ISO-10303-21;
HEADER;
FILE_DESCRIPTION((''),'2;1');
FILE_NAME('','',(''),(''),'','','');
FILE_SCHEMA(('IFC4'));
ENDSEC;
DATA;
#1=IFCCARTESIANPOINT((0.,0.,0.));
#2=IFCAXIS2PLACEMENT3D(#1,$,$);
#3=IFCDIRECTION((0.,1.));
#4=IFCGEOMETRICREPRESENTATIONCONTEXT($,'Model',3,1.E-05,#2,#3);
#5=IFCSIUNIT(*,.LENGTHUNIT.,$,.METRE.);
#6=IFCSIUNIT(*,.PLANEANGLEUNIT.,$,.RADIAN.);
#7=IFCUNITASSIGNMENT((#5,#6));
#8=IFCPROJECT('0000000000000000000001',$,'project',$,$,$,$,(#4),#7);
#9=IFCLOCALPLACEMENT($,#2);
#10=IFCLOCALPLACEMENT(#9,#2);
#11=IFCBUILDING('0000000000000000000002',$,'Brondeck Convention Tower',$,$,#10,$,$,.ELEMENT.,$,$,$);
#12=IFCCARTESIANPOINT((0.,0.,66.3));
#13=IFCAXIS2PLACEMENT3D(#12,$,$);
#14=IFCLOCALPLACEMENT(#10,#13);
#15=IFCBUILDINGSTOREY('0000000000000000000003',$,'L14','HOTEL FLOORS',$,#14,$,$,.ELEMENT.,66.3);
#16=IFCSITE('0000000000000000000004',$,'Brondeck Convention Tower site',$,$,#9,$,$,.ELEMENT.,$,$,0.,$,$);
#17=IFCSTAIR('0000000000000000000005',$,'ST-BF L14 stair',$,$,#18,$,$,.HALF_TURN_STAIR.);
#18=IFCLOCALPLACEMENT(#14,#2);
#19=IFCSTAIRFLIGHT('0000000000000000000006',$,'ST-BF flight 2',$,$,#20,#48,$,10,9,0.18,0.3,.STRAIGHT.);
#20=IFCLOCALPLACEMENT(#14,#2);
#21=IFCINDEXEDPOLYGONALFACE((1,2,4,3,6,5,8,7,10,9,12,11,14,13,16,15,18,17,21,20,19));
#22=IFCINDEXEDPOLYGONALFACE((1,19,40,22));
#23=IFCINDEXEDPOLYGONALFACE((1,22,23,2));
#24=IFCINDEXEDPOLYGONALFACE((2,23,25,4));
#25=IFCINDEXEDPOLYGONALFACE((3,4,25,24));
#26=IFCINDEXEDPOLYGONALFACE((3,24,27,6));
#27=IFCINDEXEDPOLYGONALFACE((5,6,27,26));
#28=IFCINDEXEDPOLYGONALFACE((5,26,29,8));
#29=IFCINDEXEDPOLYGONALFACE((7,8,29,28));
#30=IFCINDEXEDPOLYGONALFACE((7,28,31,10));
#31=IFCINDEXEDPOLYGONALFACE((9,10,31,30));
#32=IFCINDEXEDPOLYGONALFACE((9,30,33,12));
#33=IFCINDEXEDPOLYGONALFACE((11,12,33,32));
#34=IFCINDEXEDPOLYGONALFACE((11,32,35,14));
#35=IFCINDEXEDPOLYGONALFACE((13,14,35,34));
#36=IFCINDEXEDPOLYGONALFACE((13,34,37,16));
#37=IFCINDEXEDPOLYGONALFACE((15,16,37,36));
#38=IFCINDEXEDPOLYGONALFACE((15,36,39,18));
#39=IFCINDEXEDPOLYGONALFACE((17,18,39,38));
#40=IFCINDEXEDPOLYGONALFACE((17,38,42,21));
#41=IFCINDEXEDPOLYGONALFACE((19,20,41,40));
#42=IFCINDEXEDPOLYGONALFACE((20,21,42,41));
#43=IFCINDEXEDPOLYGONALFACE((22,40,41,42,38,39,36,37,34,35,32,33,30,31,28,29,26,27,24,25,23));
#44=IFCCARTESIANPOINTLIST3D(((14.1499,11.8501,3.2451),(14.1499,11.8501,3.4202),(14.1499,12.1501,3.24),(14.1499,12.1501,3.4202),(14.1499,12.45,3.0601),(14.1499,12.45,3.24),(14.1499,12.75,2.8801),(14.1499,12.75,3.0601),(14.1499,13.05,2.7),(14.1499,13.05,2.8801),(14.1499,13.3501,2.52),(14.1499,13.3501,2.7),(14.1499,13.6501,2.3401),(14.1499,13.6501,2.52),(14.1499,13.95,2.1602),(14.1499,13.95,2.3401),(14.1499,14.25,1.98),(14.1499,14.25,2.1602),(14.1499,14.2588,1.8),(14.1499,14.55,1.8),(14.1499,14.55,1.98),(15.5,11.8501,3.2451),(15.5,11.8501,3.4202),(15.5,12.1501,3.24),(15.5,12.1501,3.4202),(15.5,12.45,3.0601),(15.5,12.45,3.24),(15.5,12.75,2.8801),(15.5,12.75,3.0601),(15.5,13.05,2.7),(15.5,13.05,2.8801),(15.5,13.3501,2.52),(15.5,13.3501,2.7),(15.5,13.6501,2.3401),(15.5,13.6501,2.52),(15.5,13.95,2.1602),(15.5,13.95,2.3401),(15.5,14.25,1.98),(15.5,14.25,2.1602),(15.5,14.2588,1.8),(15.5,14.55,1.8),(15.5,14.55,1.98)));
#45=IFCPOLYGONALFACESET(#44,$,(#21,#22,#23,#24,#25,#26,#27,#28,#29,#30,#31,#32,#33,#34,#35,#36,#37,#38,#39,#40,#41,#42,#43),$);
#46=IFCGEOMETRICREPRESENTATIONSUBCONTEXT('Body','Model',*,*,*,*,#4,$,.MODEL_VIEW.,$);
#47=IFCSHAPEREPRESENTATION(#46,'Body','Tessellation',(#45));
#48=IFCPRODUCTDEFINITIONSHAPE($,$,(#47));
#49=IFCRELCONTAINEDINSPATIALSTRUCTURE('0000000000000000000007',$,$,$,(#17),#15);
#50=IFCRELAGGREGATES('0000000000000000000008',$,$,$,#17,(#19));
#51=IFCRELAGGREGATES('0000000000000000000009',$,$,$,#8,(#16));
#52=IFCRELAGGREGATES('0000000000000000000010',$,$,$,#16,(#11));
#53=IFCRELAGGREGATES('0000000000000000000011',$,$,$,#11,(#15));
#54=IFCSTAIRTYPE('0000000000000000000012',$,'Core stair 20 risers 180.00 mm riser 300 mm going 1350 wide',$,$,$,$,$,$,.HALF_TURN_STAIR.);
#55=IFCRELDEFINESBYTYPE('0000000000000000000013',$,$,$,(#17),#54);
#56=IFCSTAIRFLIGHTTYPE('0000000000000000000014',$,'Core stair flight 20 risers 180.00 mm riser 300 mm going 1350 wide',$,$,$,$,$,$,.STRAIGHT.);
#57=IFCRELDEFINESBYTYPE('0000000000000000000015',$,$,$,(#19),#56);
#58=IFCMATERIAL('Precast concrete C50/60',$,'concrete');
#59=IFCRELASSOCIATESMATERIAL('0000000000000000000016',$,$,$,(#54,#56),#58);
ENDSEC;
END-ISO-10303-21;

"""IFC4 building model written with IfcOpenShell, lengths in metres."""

from ifc_helpers import new_model, si_unit, direction, frame, origin, place, context, subcontext, project, spatial, polyline, outline, extrude, material, type_object, element, aggregate, save


model = new_model("IFC4")

# Units and contexts
model_context = context("Model", 3, precision=1e-05, world=origin(), true_north=direction((0.0, 1.0)))
body_context = subcontext(model_context, "Body", "Model", "MODEL_VIEW")
ifc_project = project(units=[si_unit("LENGTHUNIT", "METRE"), si_unit("PLANEANGLEUNIT", "RADIAN")], contexts=[model_context])

# Site, building, storey
site_placement = place(None, origin())
site = spatial("IfcSite", under=ifc_project, at=site_placement, Name="Brondeck Convention Tower site", CompositionType="ELEMENT", RefElevation=0.0)
building_placement = place(site_placement, origin())
building = spatial("IfcBuilding", under=site, at=building_placement, Name="Brondeck Convention Tower", CompositionType="ELEMENT")
storey_placement = place(building_placement, frame((0.0, 0.0, 66.3)))
storey = spatial("IfcBuildingStorey", under=building, at=storey_placement, Name="L14", Description="HOTEL FLOORS", CompositionType="ELEMENT", Elevation=66.3)

# Stair, stair flight
ifc_material_1 = material(Name="Precast concrete C50/60", Category="concrete")
stair_type = type_object("IfcStairType", Name="Core stair 20 risers 180.00 mm riser 300 mm going 1350 wide", PredefinedType="HALF_TURN_STAIR", material=ifc_material_1)
stair_placement = place(storey_placement, origin())
stair = element("IfcStair", 1, at=stair_placement, inside=storey, type_object=stair_type, Name="ST-BF L14 stair", PredefinedType="HALF_TURN_STAIR")
stair_flight_type = type_object("IfcStairFlightType", Name="Core stair flight 20 risers 180.00 mm riser 300 mm going 1350 wide", PredefinedType="STRAIGHT", material=ifc_material_1)
stair_flight_placement = place(storey_placement, frame((14.825, 14.55, 1.8), z_axis=(0.0, 0.0, 1.0), x_axis=(0.0, -1.0, 0.0)))
stair_flight = element("IfcStairFlight", 2, at=stair_flight_placement, type_object=stair_flight_type, Name="ST-BF flight 2", NumberOfRisers=10, NumberOfTreads=9, PredefinedType="STRAIGHT", RiserHeight=0.18, TreadLength=0.3, context=body_context, shape_type="SweptSolid", body=[
    extrude(outline(polyline([(0.0, 0.0), (0.0, 0.1799), (0.3, 0.1799), (0.3, 0.3601), (0.6001, 0.3601), (0.6001, 0.54), (0.8999, 0.54), (0.8999, 0.72), (1.2, 0.72), (1.2, 0.8999), (1.5, 0.8999), (1.5, 1.0801), (1.8, 1.0801), (1.8, 1.26), (2.1001, 1.26), (2.1001, 1.4399), (2.3999, 1.4399), (2.3999, 1.6201), (2.7, 1.6201), (2.7, 1.8), (2.7, 1.4451), (0.2913, 0.0), (0.0, 0.0)])), frame((0.0, 0.675, 0.0), z_axis=(0.0, -1.0, 0.0), x_axis=(1.0, 0.0, 0.0)), (0.0, 0.0, 1.0), 1.3501),
])
aggregate(stair, [stair_flight])

save(model, "model.ifc")
